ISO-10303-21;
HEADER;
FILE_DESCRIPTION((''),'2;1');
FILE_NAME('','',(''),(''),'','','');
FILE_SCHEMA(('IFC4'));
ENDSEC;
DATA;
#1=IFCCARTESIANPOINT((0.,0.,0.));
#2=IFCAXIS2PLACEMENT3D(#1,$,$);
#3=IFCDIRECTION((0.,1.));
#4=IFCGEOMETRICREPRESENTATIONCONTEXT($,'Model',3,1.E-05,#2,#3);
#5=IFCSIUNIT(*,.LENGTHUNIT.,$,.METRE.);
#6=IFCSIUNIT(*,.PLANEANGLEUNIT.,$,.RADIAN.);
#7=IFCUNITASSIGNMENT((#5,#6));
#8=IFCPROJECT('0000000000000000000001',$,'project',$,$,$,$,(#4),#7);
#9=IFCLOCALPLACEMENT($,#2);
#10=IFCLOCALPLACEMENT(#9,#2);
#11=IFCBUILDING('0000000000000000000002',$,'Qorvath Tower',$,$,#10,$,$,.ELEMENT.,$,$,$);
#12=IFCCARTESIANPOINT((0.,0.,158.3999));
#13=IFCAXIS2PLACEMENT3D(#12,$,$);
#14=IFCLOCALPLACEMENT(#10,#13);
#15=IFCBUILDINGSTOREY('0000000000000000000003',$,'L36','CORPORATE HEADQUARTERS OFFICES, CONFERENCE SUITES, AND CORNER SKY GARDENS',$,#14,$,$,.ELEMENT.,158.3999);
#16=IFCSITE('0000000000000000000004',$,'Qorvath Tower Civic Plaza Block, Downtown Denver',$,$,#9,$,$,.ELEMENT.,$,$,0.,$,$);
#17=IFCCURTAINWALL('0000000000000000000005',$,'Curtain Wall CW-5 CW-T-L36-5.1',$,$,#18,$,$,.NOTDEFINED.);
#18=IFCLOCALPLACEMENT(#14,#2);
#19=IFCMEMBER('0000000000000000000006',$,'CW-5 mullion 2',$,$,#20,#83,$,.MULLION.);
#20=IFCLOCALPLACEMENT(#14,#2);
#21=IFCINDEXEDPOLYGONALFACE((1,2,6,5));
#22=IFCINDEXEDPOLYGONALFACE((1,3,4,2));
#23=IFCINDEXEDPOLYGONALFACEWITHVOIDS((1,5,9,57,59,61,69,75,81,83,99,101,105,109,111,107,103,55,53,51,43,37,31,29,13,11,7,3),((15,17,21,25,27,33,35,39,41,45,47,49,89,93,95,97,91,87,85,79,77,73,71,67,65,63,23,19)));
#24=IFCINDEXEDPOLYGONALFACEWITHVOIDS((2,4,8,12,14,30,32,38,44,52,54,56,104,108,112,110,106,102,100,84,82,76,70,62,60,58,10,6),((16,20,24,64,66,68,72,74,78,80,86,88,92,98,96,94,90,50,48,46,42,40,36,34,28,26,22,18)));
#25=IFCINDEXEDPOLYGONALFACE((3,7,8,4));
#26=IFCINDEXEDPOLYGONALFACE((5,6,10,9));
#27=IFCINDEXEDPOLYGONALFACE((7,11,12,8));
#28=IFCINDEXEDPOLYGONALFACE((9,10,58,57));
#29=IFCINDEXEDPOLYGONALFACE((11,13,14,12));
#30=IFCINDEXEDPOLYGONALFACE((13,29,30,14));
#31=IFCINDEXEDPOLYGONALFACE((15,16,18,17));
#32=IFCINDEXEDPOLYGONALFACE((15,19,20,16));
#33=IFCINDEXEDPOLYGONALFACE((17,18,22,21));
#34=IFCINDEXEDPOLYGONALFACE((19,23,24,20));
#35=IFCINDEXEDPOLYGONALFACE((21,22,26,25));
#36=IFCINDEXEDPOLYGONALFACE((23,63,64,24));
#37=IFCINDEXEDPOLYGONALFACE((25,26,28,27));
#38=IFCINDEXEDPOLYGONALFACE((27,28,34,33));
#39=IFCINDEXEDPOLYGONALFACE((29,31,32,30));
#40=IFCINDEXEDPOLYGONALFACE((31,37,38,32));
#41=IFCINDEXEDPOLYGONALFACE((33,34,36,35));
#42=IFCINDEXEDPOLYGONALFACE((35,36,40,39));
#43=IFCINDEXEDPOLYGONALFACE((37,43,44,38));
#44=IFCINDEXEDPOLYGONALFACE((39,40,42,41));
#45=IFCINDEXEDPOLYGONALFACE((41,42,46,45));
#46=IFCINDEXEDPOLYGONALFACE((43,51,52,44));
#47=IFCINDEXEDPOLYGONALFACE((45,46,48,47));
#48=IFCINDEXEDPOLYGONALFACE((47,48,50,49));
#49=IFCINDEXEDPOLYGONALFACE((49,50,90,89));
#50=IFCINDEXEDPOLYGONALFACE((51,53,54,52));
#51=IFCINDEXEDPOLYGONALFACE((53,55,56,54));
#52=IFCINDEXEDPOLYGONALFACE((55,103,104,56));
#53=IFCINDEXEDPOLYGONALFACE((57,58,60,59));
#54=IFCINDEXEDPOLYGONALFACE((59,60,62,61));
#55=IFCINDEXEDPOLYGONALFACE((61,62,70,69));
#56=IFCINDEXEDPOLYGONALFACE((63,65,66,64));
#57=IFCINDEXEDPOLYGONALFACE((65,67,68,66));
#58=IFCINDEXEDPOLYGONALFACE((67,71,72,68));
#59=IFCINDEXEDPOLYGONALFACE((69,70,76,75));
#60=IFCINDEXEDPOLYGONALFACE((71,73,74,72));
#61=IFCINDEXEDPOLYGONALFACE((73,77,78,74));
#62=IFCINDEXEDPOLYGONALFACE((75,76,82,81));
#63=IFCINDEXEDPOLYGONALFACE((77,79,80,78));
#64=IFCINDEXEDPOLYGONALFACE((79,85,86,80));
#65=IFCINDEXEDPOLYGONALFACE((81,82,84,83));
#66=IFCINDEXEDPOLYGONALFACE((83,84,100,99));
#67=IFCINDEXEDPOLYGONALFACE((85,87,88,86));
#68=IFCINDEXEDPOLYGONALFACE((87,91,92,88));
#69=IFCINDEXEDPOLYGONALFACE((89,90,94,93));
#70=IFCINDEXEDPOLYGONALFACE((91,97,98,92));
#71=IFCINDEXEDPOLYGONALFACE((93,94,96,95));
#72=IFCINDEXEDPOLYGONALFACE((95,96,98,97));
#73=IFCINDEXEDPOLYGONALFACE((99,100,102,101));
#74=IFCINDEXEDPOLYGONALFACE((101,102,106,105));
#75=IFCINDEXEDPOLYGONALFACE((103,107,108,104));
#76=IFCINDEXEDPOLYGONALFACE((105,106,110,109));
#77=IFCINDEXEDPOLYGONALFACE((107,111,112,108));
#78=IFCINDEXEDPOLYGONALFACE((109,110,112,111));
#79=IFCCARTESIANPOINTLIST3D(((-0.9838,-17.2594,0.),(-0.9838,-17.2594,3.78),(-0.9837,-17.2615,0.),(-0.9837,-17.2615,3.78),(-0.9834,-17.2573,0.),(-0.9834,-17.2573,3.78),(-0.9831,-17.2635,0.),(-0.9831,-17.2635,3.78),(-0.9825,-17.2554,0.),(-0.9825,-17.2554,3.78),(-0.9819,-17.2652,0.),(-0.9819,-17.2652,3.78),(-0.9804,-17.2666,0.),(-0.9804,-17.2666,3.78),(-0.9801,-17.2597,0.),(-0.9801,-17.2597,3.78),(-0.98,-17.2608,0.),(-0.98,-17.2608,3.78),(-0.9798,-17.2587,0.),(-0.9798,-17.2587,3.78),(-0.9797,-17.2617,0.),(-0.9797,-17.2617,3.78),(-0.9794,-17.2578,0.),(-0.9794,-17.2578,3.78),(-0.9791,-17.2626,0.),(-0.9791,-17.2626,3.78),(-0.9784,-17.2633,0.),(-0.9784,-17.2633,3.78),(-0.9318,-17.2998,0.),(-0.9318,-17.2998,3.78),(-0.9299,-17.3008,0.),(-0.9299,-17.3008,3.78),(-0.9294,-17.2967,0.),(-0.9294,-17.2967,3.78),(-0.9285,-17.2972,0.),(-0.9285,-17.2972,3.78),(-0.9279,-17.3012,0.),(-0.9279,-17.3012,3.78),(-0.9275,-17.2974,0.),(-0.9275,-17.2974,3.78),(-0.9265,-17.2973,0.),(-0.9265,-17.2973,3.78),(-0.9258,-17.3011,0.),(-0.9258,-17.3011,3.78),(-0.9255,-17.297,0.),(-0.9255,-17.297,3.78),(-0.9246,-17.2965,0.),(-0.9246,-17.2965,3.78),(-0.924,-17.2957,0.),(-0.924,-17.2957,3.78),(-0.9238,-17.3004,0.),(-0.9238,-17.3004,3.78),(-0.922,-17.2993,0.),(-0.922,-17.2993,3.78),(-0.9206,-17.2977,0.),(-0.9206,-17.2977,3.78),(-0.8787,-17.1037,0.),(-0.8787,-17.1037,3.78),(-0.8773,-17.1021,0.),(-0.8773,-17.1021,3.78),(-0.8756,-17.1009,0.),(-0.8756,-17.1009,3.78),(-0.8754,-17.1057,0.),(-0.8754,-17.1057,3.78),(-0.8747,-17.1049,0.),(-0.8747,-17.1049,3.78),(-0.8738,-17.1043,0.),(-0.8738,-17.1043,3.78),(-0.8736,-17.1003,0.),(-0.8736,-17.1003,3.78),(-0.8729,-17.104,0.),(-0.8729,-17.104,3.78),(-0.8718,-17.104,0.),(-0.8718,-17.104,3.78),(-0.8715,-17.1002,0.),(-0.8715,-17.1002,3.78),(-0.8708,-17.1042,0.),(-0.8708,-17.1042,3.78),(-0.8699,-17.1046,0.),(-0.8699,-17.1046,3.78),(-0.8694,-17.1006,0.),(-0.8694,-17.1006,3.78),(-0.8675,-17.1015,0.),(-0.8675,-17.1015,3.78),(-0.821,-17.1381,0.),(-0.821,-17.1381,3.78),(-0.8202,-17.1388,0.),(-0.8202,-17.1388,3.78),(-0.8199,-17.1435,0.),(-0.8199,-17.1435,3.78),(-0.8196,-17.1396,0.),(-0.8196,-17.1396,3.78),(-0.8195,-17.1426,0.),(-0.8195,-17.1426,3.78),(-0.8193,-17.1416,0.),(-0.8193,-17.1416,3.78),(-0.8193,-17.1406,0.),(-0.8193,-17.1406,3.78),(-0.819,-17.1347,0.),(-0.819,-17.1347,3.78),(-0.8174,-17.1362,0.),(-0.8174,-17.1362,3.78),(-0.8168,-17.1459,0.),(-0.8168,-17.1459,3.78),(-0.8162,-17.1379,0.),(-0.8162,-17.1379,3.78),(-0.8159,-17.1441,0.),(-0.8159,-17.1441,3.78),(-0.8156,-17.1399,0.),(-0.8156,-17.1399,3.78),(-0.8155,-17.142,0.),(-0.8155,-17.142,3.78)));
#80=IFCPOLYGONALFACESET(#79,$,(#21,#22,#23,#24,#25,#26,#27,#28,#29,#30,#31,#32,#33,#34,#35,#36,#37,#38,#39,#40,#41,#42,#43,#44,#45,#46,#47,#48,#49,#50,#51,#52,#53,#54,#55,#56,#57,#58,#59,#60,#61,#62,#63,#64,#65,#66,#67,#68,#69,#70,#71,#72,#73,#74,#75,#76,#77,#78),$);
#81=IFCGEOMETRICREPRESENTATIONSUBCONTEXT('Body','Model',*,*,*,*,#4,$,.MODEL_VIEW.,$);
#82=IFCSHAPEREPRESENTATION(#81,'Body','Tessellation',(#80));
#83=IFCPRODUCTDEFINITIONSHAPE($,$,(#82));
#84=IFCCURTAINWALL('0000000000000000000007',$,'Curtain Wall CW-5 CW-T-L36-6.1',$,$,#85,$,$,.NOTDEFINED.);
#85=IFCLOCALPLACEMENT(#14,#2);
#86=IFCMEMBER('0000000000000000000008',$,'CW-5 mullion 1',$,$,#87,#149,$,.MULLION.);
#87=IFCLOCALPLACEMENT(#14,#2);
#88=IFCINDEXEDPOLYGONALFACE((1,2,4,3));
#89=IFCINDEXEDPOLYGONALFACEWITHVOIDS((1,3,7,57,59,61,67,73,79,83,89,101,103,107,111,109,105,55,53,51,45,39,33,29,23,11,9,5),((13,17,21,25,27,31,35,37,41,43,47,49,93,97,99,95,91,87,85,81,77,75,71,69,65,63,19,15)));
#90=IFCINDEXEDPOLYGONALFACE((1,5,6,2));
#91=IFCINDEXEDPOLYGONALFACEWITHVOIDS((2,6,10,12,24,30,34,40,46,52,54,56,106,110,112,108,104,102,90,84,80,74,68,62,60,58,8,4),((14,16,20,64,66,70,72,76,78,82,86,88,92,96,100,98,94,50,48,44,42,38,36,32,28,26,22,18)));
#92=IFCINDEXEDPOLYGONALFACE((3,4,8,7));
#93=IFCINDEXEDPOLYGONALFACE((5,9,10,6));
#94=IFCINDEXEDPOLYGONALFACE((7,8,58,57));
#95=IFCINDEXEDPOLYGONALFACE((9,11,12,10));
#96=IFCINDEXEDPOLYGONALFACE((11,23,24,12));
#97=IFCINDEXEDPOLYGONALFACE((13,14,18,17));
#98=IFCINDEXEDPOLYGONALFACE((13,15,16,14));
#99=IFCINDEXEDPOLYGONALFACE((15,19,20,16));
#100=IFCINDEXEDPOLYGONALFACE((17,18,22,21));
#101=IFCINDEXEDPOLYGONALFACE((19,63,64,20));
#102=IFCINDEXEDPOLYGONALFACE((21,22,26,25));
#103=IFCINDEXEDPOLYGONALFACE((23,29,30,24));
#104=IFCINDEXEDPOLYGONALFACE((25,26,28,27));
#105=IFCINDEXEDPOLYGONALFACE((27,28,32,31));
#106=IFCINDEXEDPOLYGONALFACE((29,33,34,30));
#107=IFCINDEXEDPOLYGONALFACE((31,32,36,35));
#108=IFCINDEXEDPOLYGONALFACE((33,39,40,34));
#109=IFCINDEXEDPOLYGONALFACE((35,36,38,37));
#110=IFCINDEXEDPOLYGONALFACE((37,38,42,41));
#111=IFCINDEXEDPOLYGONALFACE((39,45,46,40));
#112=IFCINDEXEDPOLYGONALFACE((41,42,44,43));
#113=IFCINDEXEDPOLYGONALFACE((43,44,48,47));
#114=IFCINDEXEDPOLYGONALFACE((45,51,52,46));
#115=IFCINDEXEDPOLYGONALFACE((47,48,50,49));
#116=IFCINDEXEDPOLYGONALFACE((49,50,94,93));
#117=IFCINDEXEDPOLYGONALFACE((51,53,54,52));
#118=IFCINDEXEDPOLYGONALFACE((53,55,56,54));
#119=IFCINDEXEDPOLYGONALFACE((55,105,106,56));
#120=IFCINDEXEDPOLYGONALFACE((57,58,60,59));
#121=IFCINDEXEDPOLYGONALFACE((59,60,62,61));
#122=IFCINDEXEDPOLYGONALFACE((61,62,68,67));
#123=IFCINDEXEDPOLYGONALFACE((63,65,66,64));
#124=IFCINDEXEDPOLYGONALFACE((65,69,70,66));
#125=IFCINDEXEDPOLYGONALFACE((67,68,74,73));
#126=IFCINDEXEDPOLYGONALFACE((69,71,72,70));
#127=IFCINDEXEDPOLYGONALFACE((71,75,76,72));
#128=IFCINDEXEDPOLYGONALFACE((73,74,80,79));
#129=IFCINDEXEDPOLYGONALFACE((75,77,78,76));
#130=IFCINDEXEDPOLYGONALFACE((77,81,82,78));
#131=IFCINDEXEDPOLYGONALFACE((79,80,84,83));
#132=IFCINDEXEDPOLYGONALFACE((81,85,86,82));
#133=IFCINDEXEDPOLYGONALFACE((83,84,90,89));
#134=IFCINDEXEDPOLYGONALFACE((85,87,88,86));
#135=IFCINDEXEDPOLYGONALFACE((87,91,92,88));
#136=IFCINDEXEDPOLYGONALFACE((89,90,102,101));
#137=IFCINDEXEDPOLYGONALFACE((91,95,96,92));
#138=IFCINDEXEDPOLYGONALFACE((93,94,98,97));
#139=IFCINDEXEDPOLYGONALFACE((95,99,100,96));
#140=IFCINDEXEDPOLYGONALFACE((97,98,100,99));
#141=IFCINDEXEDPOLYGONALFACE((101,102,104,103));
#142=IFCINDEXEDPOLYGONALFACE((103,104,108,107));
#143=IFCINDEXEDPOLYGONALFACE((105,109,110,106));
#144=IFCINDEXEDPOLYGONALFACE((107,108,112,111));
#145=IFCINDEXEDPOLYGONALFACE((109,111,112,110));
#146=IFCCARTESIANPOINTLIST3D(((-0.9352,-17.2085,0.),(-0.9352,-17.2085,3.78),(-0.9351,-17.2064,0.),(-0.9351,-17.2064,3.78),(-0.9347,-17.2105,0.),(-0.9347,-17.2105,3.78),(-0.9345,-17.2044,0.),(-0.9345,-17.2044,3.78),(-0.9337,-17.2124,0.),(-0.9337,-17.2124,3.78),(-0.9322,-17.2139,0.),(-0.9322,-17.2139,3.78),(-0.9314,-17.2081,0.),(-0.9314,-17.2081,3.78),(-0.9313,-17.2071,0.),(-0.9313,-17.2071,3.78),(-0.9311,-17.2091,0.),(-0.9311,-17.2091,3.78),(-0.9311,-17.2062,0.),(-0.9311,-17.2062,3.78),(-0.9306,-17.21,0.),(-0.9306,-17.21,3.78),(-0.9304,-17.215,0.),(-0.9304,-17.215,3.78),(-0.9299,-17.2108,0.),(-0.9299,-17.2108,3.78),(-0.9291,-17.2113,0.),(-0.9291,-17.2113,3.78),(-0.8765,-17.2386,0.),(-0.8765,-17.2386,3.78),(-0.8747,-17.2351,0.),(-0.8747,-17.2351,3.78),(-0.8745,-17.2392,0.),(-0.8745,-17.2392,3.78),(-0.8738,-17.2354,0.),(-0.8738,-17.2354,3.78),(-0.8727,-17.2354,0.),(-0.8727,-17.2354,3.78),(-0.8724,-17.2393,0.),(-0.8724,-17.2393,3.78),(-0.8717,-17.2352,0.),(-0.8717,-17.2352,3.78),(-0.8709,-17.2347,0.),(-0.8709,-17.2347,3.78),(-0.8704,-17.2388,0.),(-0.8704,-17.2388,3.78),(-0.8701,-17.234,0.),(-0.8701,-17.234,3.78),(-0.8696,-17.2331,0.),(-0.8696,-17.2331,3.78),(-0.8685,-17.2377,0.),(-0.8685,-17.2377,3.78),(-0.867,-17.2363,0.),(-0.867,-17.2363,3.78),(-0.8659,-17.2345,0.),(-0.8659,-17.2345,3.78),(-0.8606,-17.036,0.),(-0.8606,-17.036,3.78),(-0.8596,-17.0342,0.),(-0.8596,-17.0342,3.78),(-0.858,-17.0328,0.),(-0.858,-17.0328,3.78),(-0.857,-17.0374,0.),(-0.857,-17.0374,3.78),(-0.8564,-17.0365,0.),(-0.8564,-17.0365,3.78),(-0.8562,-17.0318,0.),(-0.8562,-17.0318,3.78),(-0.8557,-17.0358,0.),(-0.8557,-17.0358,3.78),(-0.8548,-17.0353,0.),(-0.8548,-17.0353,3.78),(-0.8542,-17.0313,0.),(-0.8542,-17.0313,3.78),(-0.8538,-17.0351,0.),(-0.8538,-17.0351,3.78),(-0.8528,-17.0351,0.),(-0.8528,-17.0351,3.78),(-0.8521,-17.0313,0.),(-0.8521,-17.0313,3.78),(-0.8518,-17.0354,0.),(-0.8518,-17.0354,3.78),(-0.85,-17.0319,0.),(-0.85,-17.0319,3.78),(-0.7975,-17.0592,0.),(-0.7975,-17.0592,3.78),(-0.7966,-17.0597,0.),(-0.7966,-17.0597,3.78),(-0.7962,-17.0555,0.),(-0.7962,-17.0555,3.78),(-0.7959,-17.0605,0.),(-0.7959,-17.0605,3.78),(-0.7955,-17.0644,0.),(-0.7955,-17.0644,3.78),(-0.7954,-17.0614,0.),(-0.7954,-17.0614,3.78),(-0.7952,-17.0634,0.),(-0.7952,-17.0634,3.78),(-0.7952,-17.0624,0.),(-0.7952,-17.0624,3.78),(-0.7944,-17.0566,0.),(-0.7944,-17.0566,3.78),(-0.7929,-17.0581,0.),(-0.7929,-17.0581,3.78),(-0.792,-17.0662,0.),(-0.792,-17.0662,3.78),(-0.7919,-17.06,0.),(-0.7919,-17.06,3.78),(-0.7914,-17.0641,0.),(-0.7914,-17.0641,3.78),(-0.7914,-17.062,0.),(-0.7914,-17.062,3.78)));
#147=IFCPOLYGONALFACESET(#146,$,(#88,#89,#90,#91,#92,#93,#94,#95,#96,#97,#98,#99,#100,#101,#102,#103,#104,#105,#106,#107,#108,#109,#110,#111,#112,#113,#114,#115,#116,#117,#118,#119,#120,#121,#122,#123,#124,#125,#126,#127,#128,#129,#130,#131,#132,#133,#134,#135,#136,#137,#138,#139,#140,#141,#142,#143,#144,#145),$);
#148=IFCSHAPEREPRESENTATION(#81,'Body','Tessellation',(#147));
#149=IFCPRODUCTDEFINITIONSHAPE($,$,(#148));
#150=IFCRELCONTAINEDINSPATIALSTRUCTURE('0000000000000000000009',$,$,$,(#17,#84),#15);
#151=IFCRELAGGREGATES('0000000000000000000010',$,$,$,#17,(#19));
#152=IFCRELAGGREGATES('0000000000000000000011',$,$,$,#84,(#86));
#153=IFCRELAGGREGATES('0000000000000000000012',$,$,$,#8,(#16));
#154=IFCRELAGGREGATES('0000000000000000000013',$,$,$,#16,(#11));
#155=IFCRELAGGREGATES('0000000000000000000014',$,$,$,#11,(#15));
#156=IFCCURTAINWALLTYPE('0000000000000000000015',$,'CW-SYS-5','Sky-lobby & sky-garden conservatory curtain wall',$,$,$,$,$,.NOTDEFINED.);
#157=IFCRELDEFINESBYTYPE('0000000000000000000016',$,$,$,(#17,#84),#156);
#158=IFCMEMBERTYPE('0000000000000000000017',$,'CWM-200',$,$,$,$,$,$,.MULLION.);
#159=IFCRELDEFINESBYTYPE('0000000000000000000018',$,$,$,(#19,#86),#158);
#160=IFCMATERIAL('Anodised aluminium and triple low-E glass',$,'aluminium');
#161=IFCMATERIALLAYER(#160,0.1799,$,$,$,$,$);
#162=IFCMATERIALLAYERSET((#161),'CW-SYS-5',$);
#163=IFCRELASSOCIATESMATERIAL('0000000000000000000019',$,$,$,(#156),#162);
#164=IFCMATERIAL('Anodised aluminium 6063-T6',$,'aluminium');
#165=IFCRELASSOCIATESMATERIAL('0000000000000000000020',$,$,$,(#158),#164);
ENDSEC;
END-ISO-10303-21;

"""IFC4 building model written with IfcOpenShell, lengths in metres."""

from ifc_helpers import new_model, si_unit, direction, frame, origin, origin_2d, place, context, subcontext, project, spatial, hollow_rectangle, extrude, material, layer, layer_set, material_profile, profile_set, type_object, element, aggregate, save


model = new_model("IFC4")

# Units and contexts
model_context = context("Model", 3, precision=1e-05, world=origin(), true_north=direction((0.0, 1.0)))
body_context = subcontext(model_context, "Body", "Model", "MODEL_VIEW")
ifc_project = project(units=[si_unit("LENGTHUNIT", "METRE"), si_unit("PLANEANGLEUNIT", "RADIAN")], contexts=[model_context])

# Site, building, storey
site_placement = place(None, origin())
site = spatial("IfcSite", under=ifc_project, at=site_placement, Name="Qorvath Tower Civic Plaza Block, Downtown Denver", CompositionType="ELEMENT", RefElevation=0.0)
building_placement = place(site_placement, origin())
building = spatial("IfcBuilding", under=site, at=building_placement, Name="Qorvath Tower", CompositionType="ELEMENT")
storey_placement = place(building_placement, frame((0.0, 0.0, 158.3999)))
storey = spatial("IfcBuildingStorey", under=building, at=storey_placement, Name="L36", Description="CORPORATE HEADQUARTERS OFFICES, CONFERENCE SUITES, AND CORNER SKY GARDENS", CompositionType="ELEMENT", Elevation=158.3999)

# Shared definitions
ifc_material_1 = material(Name="Anodised aluminium and triple low-E glass", Category="aluminium")
ifc_layer_1 = layer(ifc_material_1, 0.1799)
ifc_layer_set_1 = layer_set([ifc_layer_1], Name="CW-SYS-5")
curtain_wall_type = type_object("IfcCurtainWallType", Name="CW-SYS-5", Description="Sky-lobby & sky-garden conservatory curtain wall", PredefinedType="NOTDEFINED", material=ifc_layer_set_1)
ifc_material_2 = material(Name="Anodised aluminium 6063-T6", Category="aluminium")
ifc_material_profile_1 = material_profile(ifc_material_2, hollow_rectangle(XDim=0.075, YDim=0.2, WallThickness=0.0039, InnerFilletRadius=0.0039, OuterFilletRadius=0.0081, at=origin_2d()), Name="CWM 200x75")
ifc_profile_set_1 = profile_set([ifc_material_profile_1], Name="Anodised aluminium 6063-T6")
member_type_1 = type_object("IfcMemberType", Name="CWM-200", PredefinedType="MULLION", material=ifc_profile_set_1)

# Curtain walls, members
curtain_wall_1_placement = place(storey_placement, origin())
curtain_wall_1 = element("IfcCurtainWall", 1, at=curtain_wall_1_placement, inside=storey, type_object=curtain_wall_type, Name="Curtain Wall CW-5 CW-T-L36-5.1", PredefinedType="NOTDEFINED")
member_1_placement = place(storey_placement, frame((-0.8997, -17.2007, 0.0), z_axis=(0.0, 0.0, 1.0), x_axis=(-0.82556, 0.564314, 0.0)))
member_1 = element("IfcMember", 2, at=member_1_placement, type_object=member_type_1, Name="CW-5 mullion 2", PredefinedType="MULLION", context=body_context, shape_type="SweptSolid", body=[
    extrude(hollow_rectangle(XDim=0.075, YDim=0.2, WallThickness=0.0039, InnerFilletRadius=0.0039, OuterFilletRadius=0.0081, at=origin_2d()), origin(), (0.0, 0.0, 1.0), 3.78),
])
curtain_wall_2_placement = place(storey_placement, origin())
curtain_wall_2 = element("IfcCurtainWall", 3, at=curtain_wall_2_placement, inside=storey, type_object=curtain_wall_type, Name="Curtain Wall CW-5 CW-T-L36-6.1", PredefinedType="NOTDEFINED")
member_2_placement = place(storey_placement, frame((-0.8633, -17.1353, 0.0), z_axis=(0.0, 0.0, 1.0), x_axis=(-0.915663, 0.401947, 0.0)))
member_2 = element("IfcMember", 4, at=member_2_placement, type_object=member_type_1, Name="CW-5 mullion 1", PredefinedType="MULLION", context=body_context, shape_type="SweptSolid", body=[
    extrude(hollow_rectangle(XDim=0.075, YDim=0.2, WallThickness=0.0039, InnerFilletRadius=0.0039, OuterFilletRadius=0.0081, at=origin_2d()), origin(), (0.0, 0.0, 1.0), 3.78),
])

aggregate(curtain_wall_1, [member_1])
aggregate(curtain_wall_2, [member_2])

save(model, "model.ifc")
